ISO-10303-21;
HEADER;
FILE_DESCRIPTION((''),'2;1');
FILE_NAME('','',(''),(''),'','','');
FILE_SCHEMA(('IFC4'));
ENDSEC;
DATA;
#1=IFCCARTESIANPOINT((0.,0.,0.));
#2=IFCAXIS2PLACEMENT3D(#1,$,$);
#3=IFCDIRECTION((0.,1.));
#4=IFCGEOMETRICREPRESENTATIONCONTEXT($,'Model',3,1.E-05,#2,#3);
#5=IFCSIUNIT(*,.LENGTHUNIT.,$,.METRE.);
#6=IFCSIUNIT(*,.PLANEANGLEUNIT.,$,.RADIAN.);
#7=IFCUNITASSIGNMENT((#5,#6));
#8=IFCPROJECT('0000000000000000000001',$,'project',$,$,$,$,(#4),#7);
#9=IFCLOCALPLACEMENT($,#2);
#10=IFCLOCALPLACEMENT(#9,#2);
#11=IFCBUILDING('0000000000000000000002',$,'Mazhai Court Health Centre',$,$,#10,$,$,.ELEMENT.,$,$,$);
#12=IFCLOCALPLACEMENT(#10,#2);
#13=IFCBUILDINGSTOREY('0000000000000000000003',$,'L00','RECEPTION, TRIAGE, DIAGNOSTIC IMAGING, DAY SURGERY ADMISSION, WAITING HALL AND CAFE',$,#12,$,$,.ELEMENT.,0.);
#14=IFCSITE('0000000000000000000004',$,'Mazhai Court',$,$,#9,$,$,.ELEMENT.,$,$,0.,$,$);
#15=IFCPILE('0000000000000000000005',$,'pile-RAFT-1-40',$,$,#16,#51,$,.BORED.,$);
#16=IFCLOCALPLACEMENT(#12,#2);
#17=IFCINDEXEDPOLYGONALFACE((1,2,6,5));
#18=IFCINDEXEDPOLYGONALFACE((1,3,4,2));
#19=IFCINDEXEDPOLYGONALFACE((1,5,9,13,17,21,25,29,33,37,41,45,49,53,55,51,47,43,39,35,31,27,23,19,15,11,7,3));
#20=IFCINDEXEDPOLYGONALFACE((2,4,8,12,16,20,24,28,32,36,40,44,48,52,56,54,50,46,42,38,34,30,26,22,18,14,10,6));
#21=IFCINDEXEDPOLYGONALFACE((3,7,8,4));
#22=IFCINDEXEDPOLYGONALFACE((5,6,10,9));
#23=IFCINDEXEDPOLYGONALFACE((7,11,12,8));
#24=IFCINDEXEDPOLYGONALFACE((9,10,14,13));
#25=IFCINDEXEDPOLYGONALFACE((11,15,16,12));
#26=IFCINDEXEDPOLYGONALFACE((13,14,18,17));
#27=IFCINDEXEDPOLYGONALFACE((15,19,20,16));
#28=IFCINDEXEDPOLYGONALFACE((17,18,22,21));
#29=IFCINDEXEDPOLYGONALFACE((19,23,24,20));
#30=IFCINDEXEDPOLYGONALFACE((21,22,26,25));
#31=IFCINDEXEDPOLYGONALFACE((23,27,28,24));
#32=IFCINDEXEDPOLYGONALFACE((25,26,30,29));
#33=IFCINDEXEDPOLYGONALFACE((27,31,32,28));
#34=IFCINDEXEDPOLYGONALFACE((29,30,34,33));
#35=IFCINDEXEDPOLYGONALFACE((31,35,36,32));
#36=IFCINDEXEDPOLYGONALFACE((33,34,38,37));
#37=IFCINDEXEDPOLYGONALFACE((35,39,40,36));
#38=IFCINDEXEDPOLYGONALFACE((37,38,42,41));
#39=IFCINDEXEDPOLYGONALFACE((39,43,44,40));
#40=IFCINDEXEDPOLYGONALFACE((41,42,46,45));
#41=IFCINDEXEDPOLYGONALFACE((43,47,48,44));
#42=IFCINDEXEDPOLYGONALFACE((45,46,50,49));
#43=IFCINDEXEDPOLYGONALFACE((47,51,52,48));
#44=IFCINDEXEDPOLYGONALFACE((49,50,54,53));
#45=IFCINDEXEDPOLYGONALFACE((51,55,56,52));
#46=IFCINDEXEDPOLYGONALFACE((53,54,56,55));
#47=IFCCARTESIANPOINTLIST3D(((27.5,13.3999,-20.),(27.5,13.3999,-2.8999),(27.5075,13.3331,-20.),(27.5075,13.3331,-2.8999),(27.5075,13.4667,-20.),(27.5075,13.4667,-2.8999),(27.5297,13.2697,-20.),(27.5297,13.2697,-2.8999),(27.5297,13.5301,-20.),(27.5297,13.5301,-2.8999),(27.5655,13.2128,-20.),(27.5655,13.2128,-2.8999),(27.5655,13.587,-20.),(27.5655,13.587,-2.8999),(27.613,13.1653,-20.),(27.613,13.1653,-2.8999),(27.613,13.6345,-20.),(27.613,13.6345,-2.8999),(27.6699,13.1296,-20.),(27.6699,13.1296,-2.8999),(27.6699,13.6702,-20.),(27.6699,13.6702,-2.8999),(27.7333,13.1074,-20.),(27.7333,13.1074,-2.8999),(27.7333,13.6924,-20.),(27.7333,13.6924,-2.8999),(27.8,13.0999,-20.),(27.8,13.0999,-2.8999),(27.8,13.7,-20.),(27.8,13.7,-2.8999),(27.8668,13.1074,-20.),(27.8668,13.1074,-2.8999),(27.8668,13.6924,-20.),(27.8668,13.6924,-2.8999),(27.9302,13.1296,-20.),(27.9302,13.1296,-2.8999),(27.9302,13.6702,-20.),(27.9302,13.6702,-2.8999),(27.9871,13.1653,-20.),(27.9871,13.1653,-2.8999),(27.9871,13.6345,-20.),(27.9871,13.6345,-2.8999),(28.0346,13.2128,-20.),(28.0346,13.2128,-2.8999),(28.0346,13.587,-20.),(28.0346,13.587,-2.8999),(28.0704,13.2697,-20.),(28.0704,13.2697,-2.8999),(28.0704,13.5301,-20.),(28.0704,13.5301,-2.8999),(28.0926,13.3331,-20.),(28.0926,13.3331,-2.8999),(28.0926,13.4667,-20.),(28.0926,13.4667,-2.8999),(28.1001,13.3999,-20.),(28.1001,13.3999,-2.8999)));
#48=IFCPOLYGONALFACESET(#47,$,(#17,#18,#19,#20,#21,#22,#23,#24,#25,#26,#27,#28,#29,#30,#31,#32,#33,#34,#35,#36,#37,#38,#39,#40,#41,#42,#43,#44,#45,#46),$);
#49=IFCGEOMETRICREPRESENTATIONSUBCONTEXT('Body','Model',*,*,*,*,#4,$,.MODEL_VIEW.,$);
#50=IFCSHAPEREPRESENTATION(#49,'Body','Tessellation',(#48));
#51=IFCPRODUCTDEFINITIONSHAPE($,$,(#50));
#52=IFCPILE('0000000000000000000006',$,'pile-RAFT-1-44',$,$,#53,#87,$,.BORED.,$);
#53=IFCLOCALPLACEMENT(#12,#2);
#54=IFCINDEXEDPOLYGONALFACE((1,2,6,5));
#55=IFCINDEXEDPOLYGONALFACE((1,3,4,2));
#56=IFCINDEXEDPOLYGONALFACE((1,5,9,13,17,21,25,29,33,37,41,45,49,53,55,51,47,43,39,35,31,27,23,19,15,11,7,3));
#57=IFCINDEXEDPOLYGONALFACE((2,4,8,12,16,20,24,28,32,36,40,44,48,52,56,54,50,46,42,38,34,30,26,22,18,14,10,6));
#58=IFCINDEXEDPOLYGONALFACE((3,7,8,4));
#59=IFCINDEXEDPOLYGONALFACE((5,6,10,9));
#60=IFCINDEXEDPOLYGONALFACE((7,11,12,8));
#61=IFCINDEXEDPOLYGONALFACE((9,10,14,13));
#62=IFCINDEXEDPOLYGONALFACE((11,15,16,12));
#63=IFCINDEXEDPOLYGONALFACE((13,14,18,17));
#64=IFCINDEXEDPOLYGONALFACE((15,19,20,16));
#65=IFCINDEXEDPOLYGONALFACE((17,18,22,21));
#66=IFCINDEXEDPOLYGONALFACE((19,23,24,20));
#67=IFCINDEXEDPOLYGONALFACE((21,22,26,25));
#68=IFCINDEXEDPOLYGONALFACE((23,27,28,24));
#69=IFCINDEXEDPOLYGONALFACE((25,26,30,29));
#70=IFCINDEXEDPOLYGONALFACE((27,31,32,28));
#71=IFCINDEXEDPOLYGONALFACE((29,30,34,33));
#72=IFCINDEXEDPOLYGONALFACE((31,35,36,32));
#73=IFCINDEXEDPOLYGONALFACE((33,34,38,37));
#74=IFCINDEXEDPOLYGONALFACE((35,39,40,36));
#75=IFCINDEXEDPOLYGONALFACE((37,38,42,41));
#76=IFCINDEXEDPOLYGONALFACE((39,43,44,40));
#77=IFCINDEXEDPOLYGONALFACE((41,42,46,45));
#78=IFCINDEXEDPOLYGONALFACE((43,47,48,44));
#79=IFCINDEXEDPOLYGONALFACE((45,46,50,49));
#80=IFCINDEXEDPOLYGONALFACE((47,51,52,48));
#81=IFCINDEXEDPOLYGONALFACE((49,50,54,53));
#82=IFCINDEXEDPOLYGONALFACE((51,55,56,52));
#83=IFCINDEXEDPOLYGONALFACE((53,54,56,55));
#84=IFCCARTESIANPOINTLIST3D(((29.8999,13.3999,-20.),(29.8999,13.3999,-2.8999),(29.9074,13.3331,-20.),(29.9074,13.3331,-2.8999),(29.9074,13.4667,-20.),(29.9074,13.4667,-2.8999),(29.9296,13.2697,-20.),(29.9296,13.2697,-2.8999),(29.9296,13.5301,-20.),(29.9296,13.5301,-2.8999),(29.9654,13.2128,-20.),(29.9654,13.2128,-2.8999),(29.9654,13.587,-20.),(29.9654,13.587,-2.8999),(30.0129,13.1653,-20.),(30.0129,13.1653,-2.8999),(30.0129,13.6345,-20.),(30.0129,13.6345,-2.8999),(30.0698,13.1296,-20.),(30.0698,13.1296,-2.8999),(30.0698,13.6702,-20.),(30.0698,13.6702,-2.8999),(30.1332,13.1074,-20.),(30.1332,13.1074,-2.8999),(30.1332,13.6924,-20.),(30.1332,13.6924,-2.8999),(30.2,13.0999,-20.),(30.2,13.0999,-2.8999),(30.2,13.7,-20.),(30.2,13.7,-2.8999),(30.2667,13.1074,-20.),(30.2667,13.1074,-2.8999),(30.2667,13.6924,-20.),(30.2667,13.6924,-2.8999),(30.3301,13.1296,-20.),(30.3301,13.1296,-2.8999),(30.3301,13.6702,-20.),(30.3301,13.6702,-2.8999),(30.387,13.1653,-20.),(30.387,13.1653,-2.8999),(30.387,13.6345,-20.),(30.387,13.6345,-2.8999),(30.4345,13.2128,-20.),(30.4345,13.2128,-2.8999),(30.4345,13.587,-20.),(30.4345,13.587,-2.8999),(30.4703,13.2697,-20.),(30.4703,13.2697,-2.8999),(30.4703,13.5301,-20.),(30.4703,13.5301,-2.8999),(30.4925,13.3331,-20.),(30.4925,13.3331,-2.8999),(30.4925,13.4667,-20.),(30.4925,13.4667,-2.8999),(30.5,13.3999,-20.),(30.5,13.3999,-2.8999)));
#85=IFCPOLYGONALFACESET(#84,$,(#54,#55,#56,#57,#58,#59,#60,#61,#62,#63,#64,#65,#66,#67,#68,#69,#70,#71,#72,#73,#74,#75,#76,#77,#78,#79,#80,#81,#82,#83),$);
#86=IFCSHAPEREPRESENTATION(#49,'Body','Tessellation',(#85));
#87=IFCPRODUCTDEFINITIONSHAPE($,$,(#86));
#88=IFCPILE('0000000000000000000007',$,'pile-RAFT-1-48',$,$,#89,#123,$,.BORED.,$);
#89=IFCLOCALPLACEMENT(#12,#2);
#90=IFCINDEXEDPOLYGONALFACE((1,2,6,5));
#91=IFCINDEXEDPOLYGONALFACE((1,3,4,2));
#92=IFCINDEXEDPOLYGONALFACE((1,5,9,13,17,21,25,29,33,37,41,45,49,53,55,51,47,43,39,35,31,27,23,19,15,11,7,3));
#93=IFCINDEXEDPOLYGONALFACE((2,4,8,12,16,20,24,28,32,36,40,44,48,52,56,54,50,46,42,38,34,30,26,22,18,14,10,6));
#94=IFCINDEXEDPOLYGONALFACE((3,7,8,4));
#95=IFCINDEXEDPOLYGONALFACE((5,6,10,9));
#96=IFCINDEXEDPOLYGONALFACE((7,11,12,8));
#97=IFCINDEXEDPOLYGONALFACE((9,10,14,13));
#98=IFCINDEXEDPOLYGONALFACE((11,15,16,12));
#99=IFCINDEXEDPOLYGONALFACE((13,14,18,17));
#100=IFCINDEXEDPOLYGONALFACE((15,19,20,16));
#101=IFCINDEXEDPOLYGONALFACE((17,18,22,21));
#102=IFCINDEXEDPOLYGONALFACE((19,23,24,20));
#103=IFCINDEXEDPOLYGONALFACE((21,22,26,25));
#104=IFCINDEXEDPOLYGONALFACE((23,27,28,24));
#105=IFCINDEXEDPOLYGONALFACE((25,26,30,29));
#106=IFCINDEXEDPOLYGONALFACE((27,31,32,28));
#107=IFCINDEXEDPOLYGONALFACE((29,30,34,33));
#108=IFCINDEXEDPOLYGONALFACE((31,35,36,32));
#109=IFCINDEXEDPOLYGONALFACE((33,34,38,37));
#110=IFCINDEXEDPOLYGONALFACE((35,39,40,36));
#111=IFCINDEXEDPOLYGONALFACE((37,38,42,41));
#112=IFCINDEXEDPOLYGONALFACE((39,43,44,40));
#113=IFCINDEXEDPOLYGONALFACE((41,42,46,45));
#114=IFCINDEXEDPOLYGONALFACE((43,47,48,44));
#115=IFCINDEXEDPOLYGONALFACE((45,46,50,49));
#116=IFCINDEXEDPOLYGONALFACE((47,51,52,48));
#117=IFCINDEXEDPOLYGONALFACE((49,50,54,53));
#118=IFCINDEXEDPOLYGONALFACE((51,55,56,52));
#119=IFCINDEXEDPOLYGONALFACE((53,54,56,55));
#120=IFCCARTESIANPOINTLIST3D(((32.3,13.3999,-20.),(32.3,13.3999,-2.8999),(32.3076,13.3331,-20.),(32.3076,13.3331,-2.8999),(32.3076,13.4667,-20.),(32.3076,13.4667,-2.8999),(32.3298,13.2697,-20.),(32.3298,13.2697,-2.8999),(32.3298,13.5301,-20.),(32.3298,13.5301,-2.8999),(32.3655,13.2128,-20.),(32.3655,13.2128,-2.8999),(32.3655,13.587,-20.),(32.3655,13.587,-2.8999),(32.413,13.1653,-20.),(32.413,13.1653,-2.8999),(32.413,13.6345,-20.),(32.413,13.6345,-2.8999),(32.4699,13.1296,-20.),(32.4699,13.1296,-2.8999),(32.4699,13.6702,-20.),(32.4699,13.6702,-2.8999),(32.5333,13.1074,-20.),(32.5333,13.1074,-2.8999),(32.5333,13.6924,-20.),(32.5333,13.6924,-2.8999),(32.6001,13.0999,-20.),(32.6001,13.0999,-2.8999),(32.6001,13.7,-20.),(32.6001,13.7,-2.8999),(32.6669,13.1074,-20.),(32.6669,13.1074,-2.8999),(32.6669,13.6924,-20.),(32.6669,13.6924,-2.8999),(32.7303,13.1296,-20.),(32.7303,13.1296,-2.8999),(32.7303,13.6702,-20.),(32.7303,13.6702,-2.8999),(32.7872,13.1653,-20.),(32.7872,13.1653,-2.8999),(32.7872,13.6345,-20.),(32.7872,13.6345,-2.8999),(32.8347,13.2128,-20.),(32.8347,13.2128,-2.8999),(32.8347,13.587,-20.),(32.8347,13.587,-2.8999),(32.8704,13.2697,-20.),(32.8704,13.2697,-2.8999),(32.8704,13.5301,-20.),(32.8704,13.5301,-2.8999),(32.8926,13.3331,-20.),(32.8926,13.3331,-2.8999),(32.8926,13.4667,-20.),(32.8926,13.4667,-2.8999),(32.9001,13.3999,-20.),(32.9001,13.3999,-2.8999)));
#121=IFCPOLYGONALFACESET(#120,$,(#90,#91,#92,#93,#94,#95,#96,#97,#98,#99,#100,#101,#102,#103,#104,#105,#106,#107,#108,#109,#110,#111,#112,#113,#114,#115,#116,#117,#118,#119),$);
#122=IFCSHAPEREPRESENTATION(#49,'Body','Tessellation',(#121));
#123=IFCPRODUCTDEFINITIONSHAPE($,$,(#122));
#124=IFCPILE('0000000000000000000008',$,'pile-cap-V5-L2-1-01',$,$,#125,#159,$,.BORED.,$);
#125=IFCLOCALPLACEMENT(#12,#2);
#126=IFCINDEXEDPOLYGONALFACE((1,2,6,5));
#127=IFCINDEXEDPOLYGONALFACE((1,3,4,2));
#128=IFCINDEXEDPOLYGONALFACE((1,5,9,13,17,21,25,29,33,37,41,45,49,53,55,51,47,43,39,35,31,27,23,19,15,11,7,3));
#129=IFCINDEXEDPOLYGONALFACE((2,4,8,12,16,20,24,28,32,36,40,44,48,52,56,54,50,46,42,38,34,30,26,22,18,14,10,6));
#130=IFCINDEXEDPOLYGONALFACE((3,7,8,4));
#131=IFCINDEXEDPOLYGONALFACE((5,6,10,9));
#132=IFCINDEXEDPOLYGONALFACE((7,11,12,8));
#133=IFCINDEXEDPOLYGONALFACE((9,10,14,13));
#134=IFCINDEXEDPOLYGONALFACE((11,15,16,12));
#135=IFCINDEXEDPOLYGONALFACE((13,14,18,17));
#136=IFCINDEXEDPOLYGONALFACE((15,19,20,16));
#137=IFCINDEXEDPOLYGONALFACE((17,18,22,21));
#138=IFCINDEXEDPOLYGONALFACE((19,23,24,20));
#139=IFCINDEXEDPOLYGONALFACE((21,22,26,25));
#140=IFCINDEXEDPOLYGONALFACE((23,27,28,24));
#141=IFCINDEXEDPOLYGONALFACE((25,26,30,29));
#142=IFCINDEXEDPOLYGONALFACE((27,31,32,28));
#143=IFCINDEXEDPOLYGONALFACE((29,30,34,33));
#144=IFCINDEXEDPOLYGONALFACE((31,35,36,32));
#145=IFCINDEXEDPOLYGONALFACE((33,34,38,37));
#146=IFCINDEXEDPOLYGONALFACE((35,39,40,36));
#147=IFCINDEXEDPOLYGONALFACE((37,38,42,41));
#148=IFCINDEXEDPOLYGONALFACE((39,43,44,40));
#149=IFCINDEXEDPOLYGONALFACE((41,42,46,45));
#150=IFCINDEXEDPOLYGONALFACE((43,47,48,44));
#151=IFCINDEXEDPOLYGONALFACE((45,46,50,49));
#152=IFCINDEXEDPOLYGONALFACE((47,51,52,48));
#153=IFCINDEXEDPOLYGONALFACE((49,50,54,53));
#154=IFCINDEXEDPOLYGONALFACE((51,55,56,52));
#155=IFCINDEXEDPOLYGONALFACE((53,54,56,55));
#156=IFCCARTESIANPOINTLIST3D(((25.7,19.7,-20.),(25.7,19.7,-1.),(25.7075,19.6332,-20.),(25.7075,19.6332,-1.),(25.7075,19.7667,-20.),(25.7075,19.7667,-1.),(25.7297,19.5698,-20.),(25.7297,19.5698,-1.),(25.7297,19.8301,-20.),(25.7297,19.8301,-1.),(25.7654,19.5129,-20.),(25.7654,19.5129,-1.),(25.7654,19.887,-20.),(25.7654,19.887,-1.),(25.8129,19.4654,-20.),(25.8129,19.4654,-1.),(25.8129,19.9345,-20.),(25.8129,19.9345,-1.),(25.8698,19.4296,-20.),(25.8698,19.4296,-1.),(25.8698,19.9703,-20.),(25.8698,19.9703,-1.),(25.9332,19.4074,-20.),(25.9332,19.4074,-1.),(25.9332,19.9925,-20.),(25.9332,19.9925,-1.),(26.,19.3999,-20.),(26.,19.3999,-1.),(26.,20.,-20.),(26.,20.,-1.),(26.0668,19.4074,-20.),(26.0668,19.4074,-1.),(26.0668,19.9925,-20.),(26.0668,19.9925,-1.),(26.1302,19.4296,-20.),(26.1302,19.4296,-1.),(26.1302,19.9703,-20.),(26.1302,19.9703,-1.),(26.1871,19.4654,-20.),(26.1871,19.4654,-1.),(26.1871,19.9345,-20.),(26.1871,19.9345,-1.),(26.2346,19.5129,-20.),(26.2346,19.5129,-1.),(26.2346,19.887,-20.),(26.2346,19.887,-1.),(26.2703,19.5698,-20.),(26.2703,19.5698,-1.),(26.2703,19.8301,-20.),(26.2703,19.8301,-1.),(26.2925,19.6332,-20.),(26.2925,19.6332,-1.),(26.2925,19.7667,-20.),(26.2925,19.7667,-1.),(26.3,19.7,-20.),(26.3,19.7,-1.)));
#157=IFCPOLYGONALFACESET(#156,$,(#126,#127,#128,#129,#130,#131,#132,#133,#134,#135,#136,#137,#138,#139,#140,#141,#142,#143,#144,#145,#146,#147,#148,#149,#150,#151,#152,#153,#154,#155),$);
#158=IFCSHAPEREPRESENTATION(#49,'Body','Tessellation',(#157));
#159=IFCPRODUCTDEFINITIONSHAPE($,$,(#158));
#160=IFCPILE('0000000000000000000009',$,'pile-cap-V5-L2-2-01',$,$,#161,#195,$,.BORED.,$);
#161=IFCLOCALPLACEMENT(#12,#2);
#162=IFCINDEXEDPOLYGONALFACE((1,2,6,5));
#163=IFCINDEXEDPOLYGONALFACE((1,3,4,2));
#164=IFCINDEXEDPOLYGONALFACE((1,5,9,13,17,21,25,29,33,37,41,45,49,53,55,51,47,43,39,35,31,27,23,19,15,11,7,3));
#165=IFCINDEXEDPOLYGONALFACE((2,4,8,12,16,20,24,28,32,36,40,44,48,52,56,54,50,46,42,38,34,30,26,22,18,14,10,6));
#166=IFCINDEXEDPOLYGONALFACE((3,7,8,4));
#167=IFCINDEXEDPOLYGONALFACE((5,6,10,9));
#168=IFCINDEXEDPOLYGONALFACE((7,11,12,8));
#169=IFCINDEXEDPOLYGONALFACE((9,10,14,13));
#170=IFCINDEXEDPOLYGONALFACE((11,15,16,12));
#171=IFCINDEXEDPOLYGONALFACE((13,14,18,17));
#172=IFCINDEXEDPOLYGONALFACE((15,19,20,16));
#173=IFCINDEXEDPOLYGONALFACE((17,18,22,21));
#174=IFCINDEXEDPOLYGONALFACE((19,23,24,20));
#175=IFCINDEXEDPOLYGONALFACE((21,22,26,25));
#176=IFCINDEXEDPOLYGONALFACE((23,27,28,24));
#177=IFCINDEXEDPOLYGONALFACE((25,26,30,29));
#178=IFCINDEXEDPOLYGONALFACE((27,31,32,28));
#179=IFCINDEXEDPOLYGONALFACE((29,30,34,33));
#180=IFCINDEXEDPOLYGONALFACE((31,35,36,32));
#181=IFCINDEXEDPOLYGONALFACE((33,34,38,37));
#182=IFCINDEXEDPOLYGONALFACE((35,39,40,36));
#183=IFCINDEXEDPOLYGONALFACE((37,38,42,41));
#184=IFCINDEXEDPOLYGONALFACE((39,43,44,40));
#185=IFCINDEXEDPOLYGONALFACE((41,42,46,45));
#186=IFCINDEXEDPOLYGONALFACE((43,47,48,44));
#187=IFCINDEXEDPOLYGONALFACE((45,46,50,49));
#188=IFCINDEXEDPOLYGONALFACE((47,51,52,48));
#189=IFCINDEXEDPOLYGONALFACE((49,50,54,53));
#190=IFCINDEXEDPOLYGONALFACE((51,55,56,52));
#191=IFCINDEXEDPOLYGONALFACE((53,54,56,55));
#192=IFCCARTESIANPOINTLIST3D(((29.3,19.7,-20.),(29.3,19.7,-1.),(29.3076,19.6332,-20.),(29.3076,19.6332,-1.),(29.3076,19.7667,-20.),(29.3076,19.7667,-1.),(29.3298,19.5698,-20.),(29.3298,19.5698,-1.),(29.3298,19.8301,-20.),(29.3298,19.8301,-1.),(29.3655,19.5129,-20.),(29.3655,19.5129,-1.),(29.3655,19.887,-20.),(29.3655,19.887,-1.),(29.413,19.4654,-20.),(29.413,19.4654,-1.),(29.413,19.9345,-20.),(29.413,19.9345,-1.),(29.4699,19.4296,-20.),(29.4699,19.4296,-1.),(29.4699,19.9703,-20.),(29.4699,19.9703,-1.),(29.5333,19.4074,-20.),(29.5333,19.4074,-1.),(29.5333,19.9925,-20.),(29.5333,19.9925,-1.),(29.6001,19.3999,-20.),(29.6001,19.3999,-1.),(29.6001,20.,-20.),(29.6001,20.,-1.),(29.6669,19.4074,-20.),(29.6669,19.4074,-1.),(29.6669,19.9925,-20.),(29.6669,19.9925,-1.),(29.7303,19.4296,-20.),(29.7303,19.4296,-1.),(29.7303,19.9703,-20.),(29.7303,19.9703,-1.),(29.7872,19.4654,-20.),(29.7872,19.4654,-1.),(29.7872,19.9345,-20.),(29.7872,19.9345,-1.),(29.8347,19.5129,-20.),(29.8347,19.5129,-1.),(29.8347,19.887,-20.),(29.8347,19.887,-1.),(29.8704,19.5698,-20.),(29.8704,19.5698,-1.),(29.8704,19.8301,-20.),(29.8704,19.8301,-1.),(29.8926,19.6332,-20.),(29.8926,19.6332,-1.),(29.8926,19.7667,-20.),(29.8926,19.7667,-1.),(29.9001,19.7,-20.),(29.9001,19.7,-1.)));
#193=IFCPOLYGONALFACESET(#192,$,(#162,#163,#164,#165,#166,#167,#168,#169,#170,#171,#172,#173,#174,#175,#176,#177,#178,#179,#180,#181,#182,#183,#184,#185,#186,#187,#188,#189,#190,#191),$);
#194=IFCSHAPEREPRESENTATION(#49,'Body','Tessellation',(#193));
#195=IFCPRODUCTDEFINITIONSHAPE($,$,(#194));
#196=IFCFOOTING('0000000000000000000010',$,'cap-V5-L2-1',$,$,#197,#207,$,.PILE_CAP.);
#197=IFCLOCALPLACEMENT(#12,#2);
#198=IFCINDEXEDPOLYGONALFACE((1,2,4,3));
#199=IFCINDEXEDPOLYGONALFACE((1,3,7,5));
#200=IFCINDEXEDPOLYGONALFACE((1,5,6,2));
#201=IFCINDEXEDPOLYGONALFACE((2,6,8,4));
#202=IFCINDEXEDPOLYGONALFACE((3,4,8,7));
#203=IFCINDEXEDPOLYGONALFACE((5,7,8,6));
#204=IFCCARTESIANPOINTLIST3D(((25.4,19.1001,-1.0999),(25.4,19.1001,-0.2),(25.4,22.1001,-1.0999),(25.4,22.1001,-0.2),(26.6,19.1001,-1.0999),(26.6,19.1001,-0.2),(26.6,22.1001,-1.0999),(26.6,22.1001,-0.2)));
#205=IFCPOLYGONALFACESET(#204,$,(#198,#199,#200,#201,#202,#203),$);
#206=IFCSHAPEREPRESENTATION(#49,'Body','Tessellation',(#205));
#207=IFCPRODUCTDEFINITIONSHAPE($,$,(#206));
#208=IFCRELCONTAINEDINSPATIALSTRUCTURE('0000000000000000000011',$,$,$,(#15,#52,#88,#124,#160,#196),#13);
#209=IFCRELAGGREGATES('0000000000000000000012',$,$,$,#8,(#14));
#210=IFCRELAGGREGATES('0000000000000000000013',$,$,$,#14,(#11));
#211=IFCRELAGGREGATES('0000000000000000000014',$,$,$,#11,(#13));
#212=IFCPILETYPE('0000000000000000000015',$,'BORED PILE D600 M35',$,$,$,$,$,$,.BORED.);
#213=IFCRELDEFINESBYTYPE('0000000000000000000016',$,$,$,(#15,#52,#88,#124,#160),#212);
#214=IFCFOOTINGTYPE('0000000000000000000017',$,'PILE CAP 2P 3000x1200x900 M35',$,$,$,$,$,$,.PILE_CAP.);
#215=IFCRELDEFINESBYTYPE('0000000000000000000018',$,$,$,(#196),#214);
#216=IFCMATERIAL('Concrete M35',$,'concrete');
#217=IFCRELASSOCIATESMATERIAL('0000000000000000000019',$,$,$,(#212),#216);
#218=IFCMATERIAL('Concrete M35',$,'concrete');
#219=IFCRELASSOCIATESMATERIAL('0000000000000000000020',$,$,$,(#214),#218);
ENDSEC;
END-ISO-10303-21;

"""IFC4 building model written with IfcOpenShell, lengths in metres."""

from ifc_helpers import new_model, si_unit, direction, frame, origin, origin_2d, place, context, subcontext, project, spatial, rectangle, circle, extrude, material, material_profile, profile_set, type_object, element, save


model = new_model("IFC4")

# Units and contexts
model_context = context("Model", 3, precision=1e-05, world=origin(), true_north=direction((0.0, 1.0)))
body_context = subcontext(model_context, "Body", "Model", "MODEL_VIEW")
ifc_project = project(units=[si_unit("LENGTHUNIT", "METRE"), si_unit("PLANEANGLEUNIT", "RADIAN")], contexts=[model_context])

# Site, building, storey
site_placement = place(None, origin())
site = spatial("IfcSite", under=ifc_project, at=site_placement, Name="Mazhai Court", CompositionType="ELEMENT", RefElevation=0.0)
building_placement = place(site_placement, origin())
building = spatial("IfcBuilding", under=site, at=building_placement, Name="Mazhai Court Health Centre", CompositionType="ELEMENT")
storey_placement = place(building_placement, origin())
storey = spatial("IfcBuildingStorey", under=building, at=storey_placement, Name="L00", Description="RECEPTION, TRIAGE, DIAGNOSTIC IMAGING, DAY SURGERY ADMISSION, WAITING HALL AND CAFE", CompositionType="ELEMENT", Elevation=0.0)

# Piles
ifc_material_1 = material(Name="Concrete M35", Category="concrete")
ifc_material_profile_1 = material_profile(ifc_material_1, circle(Radius=0.3, at=origin_2d()), Name="RC PILE D600")
ifc_profile_set_1 = profile_set([ifc_material_profile_1], Name="Concrete M35")
pile_type = type_object("IfcPileType", Name="BORED PILE D600 M35", PredefinedType="BORED", material=ifc_profile_set_1)
for number, where, z_axis, x_axis, name in (
    (1, (27.8, 13.3999, -2.8999), (0.0, 0.0, -1.0), (1.0, 0.0, 0.0), "pile-RAFT-1-40"),
    (2, (30.2, 13.3999, -2.8999), (0.0, 0.0, -1.0), (1.0, 0.0, 0.0), "pile-RAFT-1-44"),
    (3, (32.6001, 13.3999, -2.8999), (0.0, 0.0, -1.0), (1.0, 0.0, 0.0), "pile-RAFT-1-48"),
):
    element("IfcPile", number, at=place(storey_placement, frame(where, z_axis=z_axis, x_axis=x_axis)), inside=storey, type_object=pile_type, Name=name, PredefinedType="BORED", context=body_context, shape_type="SweptSolid", body=[
        extrude(circle(Radius=0.3, at=origin_2d()), origin(), (0.0, 0.0, 1.0), 17.1001),
    ])
for number, where, z_axis, x_axis, name in (
    (4, (26.0, 19.7, -1.0), (0.0, 0.0, -1.0), (1.0, 0.0, 0.0), "pile-cap-V5-L2-1-01"),
    (5, (29.6001, 19.7, -1.0), (0.0, 0.0, -1.0), (1.0, 0.0, 0.0), "pile-cap-V5-L2-2-01"),
):
    element("IfcPile", number, at=place(storey_placement, frame(where, z_axis=z_axis, x_axis=x_axis)), inside=storey, type_object=pile_type, Name=name, PredefinedType="BORED", context=body_context, shape_type="SweptSolid", body=[
        extrude(circle(Radius=0.3, at=origin_2d()), origin(), (0.0, 0.0, 1.0), 19.0),
    ])

# Footing
ifc_material_2 = material(Name="Concrete M35", Category="concrete")
footing_type_1 = type_object("IfcFootingType", Name="PILE CAP 2P 3000x1200x900 M35", PredefinedType="PILE_CAP", material=ifc_material_2)
for number, where, z_axis, x_axis, name in (
    (6, (26.0, 20.6001, -1.0999), (0.0, 0.0, 1.0), (1.0, 0.0, 0.0), "cap-V5-L2-1"),
):
    element("IfcFooting", number, at=place(storey_placement, frame(where, z_axis=z_axis, x_axis=x_axis)), inside=storey, type_object=footing_type_1, Name=name, PredefinedType="PILE_CAP", context=body_context, shape_type="SweptSolid", body=[
        extrude(rectangle(XDim=1.2, YDim=3.0, at=origin_2d()), origin(), (0.0, 0.0, 1.0), 0.8999),
    ])

save(model, "model.ifc")
